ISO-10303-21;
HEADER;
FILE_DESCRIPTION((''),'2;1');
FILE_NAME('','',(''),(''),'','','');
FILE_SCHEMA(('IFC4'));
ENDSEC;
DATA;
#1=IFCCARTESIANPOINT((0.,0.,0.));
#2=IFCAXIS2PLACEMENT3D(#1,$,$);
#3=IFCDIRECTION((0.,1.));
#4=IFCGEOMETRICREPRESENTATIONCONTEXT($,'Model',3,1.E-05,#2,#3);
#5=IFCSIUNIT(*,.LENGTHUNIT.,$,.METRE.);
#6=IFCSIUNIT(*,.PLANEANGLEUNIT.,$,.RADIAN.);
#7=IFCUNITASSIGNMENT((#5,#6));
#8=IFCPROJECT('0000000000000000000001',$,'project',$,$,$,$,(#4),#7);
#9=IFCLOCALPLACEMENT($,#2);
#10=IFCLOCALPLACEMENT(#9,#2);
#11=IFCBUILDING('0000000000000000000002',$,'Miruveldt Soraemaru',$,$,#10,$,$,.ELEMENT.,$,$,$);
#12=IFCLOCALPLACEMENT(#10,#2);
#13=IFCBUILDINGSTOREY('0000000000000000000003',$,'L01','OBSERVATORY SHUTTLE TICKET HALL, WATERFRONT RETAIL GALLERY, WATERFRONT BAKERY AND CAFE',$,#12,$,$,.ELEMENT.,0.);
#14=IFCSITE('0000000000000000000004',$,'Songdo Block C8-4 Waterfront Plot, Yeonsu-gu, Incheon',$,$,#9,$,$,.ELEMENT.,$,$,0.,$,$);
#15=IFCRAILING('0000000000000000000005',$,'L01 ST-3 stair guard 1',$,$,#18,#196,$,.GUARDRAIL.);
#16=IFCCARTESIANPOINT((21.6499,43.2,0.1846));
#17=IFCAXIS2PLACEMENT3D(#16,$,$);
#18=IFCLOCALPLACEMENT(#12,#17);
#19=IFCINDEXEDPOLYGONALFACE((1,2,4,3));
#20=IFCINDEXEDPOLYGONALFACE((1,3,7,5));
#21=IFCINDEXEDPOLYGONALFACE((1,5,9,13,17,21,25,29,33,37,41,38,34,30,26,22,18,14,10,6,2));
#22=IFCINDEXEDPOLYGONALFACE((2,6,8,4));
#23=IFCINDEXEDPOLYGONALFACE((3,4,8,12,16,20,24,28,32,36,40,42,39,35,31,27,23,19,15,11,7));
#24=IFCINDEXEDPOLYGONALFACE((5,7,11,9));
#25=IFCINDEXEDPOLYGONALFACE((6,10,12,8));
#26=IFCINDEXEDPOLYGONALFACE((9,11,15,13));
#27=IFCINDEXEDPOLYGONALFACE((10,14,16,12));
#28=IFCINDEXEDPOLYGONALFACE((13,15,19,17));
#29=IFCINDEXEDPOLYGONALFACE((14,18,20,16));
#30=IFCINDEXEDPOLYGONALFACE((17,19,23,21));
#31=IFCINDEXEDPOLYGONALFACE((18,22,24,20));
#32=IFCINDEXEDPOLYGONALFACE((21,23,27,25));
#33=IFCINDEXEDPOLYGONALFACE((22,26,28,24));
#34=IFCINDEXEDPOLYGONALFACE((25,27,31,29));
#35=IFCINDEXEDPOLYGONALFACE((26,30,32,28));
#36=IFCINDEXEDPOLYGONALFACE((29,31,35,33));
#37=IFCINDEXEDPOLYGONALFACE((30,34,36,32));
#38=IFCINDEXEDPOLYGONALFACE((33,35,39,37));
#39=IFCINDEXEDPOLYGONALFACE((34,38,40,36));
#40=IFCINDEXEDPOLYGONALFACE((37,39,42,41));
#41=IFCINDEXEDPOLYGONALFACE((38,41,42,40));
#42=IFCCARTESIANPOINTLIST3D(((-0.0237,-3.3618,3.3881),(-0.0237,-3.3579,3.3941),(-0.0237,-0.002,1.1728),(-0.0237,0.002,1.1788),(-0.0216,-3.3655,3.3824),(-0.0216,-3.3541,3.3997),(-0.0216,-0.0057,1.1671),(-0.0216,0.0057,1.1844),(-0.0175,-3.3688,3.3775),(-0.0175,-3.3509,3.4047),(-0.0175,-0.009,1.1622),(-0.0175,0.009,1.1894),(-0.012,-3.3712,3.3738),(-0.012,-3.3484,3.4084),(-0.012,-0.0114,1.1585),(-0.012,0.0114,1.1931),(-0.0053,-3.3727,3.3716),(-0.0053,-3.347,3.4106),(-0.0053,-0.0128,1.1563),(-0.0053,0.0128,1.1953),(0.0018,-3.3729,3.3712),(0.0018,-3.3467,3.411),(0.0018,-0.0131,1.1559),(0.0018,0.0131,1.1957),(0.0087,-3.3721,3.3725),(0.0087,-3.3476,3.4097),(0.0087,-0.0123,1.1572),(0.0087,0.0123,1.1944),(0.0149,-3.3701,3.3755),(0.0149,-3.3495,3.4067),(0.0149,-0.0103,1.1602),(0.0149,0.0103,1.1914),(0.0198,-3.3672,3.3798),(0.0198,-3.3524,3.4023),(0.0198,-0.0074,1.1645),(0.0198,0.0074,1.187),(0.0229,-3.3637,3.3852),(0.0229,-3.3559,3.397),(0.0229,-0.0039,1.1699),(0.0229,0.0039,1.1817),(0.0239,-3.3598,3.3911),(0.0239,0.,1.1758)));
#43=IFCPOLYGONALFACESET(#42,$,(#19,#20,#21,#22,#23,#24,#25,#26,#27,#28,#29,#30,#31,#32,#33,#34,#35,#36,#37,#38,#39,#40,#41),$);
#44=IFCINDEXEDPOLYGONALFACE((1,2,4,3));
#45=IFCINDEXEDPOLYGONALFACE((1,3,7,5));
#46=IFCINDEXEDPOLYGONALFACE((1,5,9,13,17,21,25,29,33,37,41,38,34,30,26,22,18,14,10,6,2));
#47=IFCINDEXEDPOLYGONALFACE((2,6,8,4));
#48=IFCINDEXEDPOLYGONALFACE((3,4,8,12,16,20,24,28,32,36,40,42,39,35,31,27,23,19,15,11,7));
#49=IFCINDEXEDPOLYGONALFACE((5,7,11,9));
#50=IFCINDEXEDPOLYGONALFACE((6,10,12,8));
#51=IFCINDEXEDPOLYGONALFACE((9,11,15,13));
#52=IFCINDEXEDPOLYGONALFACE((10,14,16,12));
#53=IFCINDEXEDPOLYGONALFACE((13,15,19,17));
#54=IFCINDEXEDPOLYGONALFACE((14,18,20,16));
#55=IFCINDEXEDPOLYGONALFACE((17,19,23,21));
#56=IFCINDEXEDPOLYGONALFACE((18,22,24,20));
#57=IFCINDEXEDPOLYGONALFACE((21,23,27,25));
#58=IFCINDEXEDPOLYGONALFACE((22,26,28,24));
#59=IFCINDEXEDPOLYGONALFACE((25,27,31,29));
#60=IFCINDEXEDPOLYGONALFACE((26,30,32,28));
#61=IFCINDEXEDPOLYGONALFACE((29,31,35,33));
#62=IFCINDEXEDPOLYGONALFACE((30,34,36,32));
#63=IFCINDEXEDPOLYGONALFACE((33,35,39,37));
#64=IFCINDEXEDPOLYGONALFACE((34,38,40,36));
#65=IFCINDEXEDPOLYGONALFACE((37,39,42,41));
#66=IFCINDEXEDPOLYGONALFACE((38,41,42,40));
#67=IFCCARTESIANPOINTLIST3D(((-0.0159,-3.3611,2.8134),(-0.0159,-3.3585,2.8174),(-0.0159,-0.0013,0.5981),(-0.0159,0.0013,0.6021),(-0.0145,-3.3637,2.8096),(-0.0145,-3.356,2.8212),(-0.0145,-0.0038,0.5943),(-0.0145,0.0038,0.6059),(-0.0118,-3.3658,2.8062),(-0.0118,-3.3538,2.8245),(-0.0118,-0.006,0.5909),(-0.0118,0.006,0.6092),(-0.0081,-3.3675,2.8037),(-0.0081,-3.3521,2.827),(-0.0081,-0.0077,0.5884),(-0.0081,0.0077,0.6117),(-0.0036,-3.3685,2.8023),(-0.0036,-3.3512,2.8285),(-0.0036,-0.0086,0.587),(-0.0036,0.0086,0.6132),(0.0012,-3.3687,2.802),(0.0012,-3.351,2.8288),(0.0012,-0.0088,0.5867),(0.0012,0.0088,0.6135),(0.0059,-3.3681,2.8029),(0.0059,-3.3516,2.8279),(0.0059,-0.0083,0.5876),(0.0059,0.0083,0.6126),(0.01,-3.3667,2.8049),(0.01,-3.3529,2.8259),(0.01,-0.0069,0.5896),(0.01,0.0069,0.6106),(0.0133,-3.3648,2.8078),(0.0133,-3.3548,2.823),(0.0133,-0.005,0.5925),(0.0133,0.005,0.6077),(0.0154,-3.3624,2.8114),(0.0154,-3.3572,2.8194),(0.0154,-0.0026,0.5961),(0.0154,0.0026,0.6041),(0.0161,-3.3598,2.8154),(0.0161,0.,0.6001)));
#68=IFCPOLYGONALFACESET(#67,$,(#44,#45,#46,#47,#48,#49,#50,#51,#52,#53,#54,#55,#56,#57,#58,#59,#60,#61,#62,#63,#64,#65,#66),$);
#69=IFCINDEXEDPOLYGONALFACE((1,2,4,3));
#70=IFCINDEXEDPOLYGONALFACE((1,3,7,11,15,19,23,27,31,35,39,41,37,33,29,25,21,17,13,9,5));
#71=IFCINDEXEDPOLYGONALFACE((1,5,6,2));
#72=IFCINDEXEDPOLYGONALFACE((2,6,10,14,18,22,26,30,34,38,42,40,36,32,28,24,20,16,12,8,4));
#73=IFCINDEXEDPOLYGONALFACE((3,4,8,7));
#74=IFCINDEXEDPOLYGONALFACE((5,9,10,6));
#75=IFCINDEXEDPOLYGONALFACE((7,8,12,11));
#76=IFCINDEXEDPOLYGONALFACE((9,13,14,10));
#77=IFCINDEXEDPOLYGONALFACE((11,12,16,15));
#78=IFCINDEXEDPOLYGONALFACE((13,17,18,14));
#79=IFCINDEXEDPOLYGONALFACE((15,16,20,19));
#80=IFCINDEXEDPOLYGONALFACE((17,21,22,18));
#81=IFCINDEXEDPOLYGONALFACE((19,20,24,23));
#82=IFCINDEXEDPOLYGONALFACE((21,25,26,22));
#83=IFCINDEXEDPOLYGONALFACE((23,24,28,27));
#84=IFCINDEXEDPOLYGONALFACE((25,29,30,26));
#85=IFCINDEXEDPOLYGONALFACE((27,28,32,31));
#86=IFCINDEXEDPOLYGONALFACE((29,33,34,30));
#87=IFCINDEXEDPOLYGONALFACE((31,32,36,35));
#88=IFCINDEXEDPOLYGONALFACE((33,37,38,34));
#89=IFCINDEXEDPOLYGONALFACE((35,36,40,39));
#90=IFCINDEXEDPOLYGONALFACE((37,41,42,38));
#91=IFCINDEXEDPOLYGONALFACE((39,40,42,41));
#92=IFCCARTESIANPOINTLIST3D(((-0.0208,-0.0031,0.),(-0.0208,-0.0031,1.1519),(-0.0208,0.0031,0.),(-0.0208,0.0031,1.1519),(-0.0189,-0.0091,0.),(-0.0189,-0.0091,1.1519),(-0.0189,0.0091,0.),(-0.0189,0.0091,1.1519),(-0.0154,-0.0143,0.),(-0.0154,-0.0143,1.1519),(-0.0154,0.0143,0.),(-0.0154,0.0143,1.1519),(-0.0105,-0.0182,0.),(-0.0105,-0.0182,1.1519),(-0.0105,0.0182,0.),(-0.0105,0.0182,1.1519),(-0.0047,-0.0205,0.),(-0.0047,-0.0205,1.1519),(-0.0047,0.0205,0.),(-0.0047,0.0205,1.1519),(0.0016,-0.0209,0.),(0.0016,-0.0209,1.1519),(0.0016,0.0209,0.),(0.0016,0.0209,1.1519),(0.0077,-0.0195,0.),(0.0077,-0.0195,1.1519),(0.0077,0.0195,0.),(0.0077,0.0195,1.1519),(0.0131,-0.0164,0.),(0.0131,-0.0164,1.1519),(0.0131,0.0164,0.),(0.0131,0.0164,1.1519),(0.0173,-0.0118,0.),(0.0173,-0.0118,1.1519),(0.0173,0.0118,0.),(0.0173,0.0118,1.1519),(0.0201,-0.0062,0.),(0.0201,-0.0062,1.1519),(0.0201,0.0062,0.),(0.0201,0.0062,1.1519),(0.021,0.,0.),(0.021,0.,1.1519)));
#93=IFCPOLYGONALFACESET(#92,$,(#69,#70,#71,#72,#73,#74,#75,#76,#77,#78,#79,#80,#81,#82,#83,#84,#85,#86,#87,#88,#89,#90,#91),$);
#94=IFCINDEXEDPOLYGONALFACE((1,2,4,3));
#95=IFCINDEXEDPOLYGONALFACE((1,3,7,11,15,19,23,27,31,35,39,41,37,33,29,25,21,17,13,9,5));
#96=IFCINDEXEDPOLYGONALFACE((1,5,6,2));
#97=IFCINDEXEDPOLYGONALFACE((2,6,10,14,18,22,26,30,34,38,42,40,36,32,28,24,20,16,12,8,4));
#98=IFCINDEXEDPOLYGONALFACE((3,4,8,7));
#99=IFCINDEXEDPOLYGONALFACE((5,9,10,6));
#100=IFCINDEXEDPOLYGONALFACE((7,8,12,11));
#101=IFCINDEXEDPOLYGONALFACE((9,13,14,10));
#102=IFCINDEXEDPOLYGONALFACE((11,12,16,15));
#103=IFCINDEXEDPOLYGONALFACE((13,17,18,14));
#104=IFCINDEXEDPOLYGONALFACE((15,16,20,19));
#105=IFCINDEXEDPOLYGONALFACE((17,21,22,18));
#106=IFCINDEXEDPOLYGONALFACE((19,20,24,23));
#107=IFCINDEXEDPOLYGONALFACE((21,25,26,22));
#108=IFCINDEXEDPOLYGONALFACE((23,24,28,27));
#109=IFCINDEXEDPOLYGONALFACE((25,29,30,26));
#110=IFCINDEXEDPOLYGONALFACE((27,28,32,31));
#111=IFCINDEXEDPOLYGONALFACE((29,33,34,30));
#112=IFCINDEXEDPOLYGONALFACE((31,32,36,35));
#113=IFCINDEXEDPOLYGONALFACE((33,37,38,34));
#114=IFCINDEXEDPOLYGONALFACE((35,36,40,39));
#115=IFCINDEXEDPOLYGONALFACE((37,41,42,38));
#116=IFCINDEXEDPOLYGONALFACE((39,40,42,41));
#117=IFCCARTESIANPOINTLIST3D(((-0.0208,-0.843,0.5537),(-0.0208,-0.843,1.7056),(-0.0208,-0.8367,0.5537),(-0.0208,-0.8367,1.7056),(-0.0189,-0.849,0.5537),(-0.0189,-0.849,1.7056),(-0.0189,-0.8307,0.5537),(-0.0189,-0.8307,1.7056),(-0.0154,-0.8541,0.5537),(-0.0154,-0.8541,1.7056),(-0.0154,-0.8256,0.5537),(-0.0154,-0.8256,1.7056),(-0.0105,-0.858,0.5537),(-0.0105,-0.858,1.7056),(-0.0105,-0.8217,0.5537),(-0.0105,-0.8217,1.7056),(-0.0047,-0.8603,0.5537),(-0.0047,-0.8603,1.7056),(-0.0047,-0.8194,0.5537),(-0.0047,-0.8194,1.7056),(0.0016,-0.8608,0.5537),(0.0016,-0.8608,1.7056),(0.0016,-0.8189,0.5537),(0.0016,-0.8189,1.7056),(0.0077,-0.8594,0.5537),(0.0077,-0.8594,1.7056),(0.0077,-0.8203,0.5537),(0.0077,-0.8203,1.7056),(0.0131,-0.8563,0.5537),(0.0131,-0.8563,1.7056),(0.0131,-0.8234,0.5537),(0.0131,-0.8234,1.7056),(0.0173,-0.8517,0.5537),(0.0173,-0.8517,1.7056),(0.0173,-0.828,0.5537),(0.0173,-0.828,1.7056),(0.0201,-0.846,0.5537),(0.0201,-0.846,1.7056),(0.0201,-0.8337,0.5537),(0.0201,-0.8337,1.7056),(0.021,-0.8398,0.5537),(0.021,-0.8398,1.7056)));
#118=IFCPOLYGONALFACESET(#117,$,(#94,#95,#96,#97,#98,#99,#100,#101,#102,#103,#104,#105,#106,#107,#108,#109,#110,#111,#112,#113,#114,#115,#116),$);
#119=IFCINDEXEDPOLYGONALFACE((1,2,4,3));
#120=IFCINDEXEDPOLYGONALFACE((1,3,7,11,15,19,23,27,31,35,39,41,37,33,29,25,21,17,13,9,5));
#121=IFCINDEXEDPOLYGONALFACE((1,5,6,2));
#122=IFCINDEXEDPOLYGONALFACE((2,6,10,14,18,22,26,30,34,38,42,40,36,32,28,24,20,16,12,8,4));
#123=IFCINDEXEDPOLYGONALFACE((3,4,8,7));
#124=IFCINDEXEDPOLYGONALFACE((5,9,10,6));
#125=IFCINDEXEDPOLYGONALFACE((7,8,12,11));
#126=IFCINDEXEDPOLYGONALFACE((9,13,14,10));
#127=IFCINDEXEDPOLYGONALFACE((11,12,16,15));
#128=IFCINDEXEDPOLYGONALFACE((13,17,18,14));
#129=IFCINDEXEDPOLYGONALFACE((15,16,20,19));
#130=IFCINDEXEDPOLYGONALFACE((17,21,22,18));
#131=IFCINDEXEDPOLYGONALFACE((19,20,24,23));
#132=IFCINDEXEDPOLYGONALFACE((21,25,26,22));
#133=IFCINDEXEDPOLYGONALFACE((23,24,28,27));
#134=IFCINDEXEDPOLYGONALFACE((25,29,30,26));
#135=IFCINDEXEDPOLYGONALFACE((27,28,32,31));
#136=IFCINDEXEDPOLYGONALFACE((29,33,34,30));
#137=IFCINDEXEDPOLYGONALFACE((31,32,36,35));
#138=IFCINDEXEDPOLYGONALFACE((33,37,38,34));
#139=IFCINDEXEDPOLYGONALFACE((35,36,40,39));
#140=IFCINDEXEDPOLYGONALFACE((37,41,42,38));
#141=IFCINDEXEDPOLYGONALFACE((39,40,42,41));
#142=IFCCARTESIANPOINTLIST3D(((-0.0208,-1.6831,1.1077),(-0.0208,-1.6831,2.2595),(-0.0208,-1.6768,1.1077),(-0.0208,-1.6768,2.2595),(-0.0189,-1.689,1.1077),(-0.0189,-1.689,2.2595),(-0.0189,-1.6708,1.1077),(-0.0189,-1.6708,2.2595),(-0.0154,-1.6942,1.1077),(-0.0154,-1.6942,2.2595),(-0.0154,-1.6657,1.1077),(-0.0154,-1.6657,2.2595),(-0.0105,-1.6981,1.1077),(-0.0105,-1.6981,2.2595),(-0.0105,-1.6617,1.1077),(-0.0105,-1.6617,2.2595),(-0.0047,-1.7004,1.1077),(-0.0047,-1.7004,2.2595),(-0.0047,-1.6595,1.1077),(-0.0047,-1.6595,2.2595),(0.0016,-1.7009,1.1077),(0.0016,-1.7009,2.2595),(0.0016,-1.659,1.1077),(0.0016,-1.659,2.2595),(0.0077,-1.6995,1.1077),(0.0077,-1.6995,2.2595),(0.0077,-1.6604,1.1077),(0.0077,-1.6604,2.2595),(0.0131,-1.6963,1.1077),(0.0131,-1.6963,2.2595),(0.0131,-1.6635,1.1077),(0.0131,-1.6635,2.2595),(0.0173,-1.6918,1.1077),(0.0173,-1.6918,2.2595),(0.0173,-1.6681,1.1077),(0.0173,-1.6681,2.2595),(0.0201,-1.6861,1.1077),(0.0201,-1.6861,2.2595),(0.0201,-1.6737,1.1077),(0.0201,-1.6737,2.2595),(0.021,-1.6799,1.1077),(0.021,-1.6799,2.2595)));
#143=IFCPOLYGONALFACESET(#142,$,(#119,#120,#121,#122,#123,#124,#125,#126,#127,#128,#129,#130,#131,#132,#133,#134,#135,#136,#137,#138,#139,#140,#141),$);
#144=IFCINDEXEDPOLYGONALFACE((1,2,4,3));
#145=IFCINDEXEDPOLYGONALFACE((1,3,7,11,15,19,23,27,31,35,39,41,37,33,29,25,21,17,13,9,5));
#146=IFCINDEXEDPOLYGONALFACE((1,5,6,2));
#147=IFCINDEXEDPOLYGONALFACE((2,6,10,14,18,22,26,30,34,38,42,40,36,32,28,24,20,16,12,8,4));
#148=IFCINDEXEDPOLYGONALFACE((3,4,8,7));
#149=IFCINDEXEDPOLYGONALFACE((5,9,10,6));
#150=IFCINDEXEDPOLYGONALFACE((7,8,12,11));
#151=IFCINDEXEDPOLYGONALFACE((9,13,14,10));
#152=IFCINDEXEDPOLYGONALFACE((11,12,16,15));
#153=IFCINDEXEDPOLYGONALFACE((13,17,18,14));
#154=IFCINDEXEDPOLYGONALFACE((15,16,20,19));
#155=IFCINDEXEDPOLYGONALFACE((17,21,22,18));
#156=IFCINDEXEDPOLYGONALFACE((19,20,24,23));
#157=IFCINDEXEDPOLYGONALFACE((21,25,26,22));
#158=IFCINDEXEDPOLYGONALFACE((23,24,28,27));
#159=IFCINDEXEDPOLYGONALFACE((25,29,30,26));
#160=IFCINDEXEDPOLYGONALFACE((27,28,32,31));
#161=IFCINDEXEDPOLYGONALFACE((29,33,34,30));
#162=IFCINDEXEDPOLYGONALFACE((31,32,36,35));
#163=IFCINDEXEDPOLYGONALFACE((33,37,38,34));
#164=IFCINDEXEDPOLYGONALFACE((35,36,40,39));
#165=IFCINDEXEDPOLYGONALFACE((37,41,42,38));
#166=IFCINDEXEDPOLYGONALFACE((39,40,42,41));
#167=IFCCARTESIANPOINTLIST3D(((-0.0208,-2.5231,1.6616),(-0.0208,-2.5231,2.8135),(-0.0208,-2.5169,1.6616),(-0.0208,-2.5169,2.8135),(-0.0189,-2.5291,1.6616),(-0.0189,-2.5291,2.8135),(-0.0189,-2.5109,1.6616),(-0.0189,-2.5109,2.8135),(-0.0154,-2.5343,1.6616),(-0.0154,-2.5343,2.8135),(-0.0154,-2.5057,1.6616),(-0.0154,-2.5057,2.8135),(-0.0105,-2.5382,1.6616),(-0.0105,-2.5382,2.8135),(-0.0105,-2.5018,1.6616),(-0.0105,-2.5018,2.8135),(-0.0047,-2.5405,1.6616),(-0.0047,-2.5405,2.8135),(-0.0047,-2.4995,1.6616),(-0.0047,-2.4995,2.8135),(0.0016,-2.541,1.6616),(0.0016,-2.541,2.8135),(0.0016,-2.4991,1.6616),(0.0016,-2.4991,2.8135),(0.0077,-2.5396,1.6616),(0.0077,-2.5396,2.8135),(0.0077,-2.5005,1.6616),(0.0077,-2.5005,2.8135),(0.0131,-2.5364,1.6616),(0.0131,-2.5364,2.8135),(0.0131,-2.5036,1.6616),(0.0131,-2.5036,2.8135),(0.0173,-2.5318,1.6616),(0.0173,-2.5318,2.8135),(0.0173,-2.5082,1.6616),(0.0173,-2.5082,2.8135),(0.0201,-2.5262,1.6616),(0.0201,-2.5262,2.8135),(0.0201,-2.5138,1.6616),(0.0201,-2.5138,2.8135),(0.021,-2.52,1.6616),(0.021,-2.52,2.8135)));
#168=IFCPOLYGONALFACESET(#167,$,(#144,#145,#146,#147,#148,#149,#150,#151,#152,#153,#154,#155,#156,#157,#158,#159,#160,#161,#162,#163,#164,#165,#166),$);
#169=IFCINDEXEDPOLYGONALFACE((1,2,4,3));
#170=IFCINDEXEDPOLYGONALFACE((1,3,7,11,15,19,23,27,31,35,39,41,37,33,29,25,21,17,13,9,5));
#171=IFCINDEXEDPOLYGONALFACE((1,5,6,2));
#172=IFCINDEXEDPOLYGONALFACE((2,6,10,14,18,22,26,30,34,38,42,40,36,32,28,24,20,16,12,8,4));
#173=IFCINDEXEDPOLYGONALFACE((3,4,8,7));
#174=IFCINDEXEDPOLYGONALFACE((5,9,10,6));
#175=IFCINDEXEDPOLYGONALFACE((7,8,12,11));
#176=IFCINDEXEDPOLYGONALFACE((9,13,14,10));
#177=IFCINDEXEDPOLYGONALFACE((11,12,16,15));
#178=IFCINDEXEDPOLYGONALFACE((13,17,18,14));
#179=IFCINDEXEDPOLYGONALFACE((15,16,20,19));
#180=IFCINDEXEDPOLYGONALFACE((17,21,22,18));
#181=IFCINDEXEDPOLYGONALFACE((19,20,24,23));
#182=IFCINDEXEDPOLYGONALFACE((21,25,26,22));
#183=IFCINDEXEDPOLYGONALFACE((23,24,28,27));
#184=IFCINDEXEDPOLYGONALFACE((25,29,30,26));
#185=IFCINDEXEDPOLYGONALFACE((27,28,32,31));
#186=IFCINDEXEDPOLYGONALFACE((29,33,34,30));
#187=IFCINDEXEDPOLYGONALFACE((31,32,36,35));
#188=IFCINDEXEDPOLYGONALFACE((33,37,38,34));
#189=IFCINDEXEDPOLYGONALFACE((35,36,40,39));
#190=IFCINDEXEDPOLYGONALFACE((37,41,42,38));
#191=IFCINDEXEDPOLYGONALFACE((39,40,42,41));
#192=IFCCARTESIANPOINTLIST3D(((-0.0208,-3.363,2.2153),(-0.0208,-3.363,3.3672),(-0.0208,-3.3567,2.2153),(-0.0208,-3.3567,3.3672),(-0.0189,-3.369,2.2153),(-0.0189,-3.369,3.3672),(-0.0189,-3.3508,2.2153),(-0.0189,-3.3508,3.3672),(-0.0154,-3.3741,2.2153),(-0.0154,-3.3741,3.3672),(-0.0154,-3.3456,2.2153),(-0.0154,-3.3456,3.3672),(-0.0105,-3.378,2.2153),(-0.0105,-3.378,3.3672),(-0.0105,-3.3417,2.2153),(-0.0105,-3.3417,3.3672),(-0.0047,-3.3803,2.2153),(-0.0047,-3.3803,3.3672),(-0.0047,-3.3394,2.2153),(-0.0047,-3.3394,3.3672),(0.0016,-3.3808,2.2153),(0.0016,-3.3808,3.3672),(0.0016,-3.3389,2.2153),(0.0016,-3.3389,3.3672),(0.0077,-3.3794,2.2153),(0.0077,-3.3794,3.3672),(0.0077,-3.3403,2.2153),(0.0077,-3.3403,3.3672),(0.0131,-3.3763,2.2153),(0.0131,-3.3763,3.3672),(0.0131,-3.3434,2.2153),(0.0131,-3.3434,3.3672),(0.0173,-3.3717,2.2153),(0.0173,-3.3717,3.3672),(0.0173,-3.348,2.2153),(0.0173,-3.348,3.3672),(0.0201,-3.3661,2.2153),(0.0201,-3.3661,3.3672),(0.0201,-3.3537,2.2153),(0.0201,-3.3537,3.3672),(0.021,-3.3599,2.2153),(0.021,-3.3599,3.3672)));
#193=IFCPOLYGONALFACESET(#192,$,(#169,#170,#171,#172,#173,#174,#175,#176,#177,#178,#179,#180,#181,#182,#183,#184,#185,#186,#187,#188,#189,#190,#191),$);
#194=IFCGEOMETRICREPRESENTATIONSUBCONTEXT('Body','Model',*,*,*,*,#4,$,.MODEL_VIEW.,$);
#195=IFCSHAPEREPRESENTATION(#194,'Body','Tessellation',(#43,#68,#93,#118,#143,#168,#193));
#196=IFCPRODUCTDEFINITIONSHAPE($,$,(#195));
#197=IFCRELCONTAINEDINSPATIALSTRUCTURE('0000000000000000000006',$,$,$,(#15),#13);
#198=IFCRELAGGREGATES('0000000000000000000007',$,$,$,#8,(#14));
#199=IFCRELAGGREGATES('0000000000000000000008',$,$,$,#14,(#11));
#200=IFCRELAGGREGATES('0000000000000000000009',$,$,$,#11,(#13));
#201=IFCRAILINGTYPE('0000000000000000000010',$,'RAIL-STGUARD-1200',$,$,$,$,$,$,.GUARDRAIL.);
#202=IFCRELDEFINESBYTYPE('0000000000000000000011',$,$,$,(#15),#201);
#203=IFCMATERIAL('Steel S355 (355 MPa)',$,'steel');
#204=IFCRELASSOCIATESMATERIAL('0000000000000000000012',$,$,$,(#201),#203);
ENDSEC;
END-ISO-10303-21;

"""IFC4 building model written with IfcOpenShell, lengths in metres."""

from ifc_helpers import new_model, si_unit, direction, frame, origin, origin_2d, place, context, subcontext, project, spatial, circle, extrude, material, type_object, element, save


model = new_model("IFC4")

# Units and contexts
model_context = context("Model", 3, precision=1e-05, world=origin(), true_north=direction((0.0, 1.0)))
body_context = subcontext(model_context, "Body", "Model", "MODEL_VIEW")
ifc_project = project(units=[si_unit("LENGTHUNIT", "METRE"), si_unit("PLANEANGLEUNIT", "RADIAN")], contexts=[model_context])

# Site, building, storey
site_placement = place(None, origin())
site = spatial("IfcSite", under=ifc_project, at=site_placement, Name="Songdo Block C8-4 Waterfront Plot, Yeonsu-gu, Incheon", CompositionType="ELEMENT", RefElevation=0.0)
building_placement = place(site_placement, origin())
building = spatial("IfcBuilding", under=site, at=building_placement, Name="Miruveldt Soraemaru", CompositionType="ELEMENT")
storey_placement = place(building_placement, origin())
storey = spatial("IfcBuildingStorey", under=building, at=storey_placement, Name="L01", Description="OBSERVATORY SHUTTLE TICKET HALL, WATERFRONT RETAIL GALLERY, WATERFRONT BAKERY AND CAFE", CompositionType="ELEMENT", Elevation=0.0)

# Railing
ifc_material_1 = material(Name="Steel S355 (355 MPa)", Category="steel")
railing_type_1 = type_object("IfcRailingType", Name="RAIL-STGUARD-1200", PredefinedType="GUARDRAIL", material=ifc_material_1)
railing_1_placement = place(storey_placement, frame((21.6499, 43.2, 0.1846)))
element("IfcRailing", 1, at=railing_1_placement, inside=storey, type_object=railing_type_1, Name="L01 ST-3 stair guard 1", PredefinedType="GUARDRAIL", context=body_context, shape_type="SweptSolid", body=[
    extrude(circle(Radius=0.0239, at=origin_2d()), frame((0.0, 0.0, 1.1758), z_axis=(0.0, -0.834858, 0.550465), x_axis=(1.0, 0.0, 0.0)), (0.0, 0.0, 1.0), 4.0244),
    extrude(circle(Radius=0.0161, at=origin_2d()), frame((0.0, 0.0, 0.6001), z_axis=(0.0, -0.834858, 0.550465), x_axis=(1.0, 0.0, 0.0)), (0.0, 0.0, 1.0), 4.0244),
    extrude(circle(Radius=0.021, at=origin_2d()), origin(), (0.0, 0.0, 1.0), 1.1519),
    extrude(circle(Radius=0.021, at=origin_2d()), frame((0.0, -0.8398, 0.5537)), (0.0, 0.0, 1.0), 1.1519),
    extrude(circle(Radius=0.021, at=origin_2d()), frame((0.0, -1.6799, 1.1077)), (0.0, 0.0, 1.0), 1.1519),
    extrude(circle(Radius=0.021, at=origin_2d()), frame((0.0, -2.52, 1.6616)), (0.0, 0.0, 1.0), 1.1519),
    extrude(circle(Radius=0.021, at=origin_2d()), frame((0.0, -3.3599, 2.2153)), (0.0, 0.0, 1.0), 1.1519),
])

save(model, "model.ifc")
